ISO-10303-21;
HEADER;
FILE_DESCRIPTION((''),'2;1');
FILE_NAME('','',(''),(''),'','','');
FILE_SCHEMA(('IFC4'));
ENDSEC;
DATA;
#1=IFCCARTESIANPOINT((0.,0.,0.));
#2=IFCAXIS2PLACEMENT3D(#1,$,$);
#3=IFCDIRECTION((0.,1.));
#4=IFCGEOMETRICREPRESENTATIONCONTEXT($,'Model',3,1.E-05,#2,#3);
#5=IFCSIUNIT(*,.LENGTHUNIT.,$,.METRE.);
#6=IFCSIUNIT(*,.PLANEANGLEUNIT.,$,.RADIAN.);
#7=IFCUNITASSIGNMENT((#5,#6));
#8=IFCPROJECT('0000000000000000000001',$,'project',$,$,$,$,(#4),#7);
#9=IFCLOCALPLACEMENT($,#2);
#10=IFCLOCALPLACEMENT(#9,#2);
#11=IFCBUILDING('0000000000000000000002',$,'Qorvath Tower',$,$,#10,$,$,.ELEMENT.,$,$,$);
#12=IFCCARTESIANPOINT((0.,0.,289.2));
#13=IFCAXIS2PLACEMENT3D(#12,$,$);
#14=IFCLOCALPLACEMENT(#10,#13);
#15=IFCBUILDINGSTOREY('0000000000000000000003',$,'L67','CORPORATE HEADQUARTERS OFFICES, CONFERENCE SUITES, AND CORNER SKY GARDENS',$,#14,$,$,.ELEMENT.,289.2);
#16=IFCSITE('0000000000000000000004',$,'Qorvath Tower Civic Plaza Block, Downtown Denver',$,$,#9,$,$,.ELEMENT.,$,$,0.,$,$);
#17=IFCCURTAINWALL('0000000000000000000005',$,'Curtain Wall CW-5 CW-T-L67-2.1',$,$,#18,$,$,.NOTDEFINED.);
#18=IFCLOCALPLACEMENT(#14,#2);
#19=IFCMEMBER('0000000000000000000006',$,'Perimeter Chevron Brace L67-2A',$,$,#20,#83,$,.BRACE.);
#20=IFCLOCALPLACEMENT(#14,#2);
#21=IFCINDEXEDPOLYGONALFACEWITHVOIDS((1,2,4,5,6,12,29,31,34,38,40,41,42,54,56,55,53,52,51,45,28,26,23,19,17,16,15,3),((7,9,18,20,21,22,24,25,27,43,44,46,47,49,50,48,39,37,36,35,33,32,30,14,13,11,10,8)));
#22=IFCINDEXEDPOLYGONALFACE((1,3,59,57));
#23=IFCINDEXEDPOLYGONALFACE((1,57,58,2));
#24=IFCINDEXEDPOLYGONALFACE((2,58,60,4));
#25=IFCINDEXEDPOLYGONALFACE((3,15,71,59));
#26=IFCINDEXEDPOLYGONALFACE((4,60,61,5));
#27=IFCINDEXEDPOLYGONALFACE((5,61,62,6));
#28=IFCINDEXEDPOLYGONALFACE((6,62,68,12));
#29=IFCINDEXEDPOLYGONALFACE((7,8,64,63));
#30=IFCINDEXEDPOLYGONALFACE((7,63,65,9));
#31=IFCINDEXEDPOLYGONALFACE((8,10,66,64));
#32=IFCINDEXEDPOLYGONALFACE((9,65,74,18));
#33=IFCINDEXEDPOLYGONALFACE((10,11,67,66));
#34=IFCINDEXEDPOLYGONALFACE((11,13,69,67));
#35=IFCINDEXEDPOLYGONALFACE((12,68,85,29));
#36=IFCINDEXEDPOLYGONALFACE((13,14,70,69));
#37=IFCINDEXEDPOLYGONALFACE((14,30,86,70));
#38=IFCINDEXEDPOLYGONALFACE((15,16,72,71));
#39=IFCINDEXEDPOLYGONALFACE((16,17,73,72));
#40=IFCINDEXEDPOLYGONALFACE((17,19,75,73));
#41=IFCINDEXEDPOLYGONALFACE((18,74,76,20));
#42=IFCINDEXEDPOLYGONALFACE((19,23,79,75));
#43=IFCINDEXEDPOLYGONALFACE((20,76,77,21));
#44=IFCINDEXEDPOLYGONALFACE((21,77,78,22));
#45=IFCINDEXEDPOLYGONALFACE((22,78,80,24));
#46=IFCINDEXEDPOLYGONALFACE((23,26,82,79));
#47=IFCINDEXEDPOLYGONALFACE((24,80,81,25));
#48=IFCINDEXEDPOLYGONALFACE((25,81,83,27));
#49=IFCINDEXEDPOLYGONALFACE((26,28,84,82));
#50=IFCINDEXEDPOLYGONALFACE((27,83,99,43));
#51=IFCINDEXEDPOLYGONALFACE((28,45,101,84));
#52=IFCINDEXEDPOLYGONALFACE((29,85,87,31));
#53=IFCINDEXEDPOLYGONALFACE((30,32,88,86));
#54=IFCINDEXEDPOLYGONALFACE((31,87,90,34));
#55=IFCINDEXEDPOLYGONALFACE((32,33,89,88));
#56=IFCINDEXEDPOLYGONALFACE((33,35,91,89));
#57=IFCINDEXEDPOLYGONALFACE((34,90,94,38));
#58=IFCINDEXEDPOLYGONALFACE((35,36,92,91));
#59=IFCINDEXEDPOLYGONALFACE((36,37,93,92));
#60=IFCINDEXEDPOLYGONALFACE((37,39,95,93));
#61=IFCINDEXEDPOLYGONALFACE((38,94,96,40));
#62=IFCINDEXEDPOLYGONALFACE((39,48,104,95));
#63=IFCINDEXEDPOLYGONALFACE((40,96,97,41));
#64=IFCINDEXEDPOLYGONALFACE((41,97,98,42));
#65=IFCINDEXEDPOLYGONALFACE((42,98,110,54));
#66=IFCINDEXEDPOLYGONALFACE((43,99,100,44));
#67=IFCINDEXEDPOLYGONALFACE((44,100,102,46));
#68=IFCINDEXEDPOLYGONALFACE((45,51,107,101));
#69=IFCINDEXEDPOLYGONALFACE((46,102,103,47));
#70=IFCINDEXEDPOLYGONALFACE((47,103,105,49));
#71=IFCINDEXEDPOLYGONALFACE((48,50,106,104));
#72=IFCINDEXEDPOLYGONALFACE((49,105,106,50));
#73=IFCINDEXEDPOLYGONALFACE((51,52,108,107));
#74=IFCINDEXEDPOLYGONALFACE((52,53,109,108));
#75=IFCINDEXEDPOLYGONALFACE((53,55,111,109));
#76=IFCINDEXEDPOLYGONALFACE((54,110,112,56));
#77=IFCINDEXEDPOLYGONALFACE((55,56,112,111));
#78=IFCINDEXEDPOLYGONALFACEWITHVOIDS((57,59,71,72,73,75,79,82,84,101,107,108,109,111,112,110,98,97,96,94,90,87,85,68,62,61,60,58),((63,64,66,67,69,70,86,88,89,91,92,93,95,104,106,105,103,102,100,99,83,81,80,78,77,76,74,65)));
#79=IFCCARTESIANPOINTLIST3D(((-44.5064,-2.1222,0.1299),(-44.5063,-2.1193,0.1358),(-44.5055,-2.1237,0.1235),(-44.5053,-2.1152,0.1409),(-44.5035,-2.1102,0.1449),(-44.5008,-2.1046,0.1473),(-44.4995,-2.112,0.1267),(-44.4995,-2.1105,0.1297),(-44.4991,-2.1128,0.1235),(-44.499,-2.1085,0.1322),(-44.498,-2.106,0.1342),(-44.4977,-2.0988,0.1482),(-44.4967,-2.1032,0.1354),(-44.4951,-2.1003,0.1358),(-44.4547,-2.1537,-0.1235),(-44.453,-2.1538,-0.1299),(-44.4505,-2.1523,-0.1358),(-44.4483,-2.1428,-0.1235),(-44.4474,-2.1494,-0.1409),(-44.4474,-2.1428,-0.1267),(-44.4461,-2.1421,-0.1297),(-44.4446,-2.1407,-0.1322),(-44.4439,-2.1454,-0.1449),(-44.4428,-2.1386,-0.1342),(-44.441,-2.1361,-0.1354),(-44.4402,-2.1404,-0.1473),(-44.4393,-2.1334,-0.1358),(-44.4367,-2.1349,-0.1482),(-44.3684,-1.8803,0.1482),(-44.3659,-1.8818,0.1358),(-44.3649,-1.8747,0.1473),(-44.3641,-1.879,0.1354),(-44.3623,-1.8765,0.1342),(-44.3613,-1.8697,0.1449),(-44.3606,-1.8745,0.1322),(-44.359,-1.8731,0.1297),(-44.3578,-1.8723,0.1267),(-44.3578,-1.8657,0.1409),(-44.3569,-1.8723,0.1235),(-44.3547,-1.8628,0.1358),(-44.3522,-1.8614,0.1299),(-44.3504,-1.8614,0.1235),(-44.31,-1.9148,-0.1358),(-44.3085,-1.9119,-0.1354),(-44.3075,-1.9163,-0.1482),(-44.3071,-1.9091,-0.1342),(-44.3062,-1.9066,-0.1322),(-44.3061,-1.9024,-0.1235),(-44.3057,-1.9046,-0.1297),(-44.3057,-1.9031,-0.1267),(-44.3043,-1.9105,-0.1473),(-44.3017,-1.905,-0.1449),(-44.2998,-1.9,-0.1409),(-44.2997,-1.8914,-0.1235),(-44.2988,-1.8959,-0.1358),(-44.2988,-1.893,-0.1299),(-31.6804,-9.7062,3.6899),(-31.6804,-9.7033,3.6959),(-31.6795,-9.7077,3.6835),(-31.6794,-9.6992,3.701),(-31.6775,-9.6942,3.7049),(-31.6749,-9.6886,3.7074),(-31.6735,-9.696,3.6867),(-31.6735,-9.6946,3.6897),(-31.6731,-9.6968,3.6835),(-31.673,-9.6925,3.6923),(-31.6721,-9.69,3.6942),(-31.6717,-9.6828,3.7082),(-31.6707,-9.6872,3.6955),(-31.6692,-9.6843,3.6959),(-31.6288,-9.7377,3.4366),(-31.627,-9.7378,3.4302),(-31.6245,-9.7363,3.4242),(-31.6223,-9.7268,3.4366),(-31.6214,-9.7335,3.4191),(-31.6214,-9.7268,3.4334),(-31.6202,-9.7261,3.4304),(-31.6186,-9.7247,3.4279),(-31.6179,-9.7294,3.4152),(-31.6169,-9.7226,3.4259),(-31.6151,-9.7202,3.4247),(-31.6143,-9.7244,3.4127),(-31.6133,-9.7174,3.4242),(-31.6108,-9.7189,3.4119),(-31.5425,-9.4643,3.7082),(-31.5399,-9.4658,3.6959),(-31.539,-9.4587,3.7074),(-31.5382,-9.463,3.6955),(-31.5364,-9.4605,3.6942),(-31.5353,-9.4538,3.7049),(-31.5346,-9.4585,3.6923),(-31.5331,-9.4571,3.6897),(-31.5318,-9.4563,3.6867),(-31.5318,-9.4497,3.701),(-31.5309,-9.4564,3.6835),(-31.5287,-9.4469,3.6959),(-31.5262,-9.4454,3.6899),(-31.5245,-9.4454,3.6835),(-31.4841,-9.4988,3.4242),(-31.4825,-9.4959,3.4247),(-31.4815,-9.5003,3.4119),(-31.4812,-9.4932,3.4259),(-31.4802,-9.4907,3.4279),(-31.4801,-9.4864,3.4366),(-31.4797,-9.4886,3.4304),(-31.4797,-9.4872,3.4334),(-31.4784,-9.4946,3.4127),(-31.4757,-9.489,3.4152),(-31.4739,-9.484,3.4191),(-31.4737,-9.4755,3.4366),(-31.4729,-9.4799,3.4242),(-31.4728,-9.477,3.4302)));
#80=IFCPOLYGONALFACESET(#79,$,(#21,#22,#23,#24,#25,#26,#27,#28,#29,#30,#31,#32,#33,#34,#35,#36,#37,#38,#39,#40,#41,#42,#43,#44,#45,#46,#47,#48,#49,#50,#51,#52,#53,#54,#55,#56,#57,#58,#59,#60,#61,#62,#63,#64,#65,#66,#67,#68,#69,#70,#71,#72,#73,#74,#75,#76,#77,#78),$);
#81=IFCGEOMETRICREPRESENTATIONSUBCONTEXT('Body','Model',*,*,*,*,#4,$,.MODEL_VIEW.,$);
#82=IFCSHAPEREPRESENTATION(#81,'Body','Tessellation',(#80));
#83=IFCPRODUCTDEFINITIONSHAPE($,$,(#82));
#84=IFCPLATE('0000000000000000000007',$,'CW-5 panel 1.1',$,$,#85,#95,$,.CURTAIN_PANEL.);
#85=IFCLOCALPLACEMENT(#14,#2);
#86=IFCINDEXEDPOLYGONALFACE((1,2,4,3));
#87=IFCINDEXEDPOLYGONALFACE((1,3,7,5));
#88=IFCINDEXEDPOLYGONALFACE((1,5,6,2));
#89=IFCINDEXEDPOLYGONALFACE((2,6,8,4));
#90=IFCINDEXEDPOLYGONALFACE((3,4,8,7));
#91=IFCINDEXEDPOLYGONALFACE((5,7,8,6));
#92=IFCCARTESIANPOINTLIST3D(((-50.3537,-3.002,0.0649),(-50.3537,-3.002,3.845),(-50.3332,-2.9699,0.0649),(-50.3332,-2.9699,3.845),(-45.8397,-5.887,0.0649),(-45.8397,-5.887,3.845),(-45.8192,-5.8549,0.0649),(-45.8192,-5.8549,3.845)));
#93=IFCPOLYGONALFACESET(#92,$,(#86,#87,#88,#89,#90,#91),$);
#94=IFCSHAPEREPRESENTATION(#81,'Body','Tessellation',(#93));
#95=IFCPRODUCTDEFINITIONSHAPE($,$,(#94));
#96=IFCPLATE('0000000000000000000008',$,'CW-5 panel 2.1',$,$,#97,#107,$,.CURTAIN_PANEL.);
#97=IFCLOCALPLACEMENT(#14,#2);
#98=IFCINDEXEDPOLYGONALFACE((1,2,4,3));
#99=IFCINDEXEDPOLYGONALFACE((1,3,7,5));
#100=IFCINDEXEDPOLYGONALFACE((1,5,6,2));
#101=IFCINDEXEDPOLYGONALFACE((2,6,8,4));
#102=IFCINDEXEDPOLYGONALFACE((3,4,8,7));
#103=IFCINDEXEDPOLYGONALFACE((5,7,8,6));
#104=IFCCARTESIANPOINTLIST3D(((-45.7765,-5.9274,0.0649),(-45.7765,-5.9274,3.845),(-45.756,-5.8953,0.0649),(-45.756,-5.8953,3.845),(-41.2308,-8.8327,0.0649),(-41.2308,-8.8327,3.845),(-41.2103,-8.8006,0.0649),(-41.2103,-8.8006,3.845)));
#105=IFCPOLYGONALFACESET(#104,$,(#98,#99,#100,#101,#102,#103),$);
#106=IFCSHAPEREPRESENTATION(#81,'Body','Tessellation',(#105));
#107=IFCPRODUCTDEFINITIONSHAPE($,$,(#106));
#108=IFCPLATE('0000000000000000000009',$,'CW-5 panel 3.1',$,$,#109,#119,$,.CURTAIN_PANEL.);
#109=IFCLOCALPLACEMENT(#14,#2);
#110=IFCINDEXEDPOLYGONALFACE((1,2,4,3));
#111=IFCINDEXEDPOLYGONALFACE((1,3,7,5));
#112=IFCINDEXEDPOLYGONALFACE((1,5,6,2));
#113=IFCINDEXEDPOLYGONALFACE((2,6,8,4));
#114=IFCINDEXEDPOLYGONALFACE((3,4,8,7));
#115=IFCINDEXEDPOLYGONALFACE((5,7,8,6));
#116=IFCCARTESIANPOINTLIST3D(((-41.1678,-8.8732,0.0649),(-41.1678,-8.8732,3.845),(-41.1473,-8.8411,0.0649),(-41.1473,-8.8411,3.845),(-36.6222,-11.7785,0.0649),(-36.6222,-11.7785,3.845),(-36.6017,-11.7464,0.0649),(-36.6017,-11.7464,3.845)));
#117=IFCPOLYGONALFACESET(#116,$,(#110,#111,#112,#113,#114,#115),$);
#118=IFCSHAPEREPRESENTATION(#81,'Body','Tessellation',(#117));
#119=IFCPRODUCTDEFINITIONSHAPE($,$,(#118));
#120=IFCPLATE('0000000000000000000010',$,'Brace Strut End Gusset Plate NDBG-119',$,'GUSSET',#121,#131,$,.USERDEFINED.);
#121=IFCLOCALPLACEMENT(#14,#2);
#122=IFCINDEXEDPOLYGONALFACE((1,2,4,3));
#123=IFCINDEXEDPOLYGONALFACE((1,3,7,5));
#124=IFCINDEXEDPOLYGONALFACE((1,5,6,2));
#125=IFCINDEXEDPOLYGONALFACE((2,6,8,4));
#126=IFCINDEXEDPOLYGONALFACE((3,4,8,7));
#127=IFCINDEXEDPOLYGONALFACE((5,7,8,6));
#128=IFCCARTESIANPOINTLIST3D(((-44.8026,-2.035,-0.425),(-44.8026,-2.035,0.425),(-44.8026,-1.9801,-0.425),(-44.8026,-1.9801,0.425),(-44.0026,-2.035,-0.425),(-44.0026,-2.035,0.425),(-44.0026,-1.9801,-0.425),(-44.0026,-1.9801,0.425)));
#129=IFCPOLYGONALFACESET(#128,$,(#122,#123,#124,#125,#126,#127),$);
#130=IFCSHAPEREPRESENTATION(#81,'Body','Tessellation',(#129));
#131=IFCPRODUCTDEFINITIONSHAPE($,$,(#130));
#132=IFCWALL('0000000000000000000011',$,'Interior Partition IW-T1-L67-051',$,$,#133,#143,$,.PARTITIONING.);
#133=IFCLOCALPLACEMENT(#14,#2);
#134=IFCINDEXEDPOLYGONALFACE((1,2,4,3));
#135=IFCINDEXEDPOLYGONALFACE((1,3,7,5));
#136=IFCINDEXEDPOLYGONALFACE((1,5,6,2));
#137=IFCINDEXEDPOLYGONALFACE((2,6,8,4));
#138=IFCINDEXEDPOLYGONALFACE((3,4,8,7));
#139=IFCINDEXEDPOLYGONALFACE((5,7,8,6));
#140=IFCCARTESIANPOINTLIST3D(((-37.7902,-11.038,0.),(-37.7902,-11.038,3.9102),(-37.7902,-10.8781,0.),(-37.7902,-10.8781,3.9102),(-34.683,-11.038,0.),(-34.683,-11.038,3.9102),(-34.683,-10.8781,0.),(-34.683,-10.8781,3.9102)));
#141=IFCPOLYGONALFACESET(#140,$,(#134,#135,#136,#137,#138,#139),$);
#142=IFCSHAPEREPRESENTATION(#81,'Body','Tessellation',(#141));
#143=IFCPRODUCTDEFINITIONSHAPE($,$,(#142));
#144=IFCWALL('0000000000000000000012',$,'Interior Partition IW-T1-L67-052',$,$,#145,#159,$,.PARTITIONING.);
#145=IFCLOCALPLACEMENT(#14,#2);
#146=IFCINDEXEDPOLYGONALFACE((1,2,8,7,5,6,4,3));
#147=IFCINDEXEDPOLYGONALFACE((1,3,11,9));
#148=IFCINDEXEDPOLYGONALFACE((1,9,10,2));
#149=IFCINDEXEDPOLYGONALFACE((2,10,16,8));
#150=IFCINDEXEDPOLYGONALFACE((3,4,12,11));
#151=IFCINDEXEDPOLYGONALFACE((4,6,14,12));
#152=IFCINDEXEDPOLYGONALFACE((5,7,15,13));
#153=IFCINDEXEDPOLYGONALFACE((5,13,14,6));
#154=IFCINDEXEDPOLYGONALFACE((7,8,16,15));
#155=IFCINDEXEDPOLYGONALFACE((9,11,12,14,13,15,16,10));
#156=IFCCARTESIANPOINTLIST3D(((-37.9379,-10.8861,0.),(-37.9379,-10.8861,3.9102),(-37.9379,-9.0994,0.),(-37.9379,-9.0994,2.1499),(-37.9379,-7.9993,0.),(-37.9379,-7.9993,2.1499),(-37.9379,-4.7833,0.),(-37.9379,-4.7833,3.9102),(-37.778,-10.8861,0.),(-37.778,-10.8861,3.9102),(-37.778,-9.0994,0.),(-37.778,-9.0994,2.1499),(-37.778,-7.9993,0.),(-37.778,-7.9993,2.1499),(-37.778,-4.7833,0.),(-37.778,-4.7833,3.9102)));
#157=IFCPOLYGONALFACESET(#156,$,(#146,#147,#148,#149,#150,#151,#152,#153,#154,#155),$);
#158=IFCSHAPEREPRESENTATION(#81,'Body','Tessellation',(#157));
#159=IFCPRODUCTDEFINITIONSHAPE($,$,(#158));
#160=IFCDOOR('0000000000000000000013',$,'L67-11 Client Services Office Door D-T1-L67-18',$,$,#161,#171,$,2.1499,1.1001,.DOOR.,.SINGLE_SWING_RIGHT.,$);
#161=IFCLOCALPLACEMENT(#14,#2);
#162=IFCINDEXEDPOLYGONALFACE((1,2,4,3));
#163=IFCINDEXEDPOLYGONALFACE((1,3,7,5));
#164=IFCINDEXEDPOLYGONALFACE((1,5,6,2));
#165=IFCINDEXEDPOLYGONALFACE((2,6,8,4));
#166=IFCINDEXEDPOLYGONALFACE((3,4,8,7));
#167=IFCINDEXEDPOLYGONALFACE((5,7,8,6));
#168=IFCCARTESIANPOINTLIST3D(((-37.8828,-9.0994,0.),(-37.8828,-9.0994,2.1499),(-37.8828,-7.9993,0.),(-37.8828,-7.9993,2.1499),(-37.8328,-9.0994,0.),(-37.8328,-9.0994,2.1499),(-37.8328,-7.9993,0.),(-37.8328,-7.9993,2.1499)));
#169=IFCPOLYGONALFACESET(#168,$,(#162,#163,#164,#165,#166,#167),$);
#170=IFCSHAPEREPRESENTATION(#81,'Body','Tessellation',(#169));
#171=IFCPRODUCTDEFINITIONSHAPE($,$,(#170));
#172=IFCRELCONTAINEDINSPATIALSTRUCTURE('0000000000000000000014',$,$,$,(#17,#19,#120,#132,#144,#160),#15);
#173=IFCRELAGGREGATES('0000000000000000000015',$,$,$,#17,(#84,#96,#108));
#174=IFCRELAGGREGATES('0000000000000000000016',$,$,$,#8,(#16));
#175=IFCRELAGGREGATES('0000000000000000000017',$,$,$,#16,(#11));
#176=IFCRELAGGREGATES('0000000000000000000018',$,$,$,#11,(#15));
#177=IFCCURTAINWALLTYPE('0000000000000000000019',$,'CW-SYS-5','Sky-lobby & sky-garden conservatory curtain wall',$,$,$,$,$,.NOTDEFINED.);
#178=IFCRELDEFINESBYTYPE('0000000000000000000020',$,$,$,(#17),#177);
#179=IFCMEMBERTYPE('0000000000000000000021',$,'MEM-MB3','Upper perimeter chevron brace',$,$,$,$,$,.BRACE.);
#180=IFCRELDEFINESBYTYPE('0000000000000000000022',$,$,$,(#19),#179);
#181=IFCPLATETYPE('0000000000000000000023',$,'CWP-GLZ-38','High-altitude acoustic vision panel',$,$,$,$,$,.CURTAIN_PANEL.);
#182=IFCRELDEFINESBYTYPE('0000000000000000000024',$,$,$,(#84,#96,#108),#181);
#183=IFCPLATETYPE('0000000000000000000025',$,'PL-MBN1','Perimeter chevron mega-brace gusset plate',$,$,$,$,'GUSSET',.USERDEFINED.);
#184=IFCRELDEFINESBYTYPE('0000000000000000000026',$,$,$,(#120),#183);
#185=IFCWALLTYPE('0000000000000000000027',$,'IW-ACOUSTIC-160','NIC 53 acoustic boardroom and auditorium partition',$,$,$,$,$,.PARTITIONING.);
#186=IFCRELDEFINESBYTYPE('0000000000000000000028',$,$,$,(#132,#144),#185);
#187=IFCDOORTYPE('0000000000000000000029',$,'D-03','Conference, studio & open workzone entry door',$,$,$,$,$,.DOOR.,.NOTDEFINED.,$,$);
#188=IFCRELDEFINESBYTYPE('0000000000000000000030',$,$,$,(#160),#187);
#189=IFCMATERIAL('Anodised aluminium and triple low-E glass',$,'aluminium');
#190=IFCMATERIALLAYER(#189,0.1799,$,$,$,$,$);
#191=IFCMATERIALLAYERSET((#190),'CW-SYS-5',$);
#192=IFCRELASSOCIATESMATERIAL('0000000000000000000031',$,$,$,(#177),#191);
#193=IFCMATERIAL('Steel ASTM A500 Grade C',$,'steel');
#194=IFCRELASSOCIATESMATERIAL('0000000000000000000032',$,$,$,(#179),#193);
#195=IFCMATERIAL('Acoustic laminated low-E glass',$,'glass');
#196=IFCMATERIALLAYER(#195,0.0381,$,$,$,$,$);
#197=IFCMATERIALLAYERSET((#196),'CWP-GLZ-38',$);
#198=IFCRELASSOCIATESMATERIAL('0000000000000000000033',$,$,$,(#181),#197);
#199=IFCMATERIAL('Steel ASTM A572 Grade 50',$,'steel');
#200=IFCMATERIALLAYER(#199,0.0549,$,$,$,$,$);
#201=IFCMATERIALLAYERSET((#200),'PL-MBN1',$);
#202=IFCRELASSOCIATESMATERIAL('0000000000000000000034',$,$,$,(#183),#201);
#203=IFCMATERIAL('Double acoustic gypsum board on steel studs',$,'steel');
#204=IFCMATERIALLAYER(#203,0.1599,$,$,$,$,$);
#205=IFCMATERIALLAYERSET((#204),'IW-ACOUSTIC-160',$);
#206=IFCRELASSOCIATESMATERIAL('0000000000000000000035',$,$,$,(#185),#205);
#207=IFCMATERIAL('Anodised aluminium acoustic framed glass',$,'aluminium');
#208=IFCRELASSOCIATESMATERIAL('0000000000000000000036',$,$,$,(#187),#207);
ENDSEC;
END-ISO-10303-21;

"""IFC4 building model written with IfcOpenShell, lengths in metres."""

from ifc_helpers import new_model, si_unit, direction, frame, frame_2d, origin, origin_2d, place, context, subcontext, project, spatial, rectangle, hollow_rectangle, extrude, material, layer, layer_set, material_profile, profile_set, type_object, element, fill, aggregate, save


model = new_model("IFC4")

# Units and contexts
model_context = context("Model", 3, precision=1e-05, world=origin(), true_north=direction((0.0, 1.0)))
body_context = subcontext(model_context, "Body", "Model", "MODEL_VIEW")
ifc_project = project(units=[si_unit("LENGTHUNIT", "METRE"), si_unit("PLANEANGLEUNIT", "RADIAN")], contexts=[model_context])

# Site, building, storey
site_placement = place(None, origin())
site = spatial("IfcSite", under=ifc_project, at=site_placement, Name="Qorvath Tower Civic Plaza Block, Downtown Denver", CompositionType="ELEMENT", RefElevation=0.0)
building_placement = place(site_placement, origin())
building = spatial("IfcBuilding", under=site, at=building_placement, Name="Qorvath Tower", CompositionType="ELEMENT")
storey_placement = place(building_placement, frame((0.0, 0.0, 289.2)))
storey = spatial("IfcBuildingStorey", under=building, at=storey_placement, Name="L67", Description="CORPORATE HEADQUARTERS OFFICES, CONFERENCE SUITES, AND CORNER SKY GARDENS", CompositionType="ELEMENT", Elevation=289.2)

# Curtain wall
ifc_material_1 = material(Name="Anodised aluminium and triple low-E glass", Category="aluminium")
ifc_layer_1 = layer(ifc_material_1, 0.1799)
ifc_layer_set_1 = layer_set([ifc_layer_1], Name="CW-SYS-5")
curtain_wall_type = type_object("IfcCurtainWallType", Name="CW-SYS-5", Description="Sky-lobby & sky-garden conservatory curtain wall", PredefinedType="NOTDEFINED", material=ifc_layer_set_1)
curtain_wall_placement = place(storey_placement, origin())
curtain_wall = element("IfcCurtainWall", 1, at=curtain_wall_placement, inside=storey, type_object=curtain_wall_type, Name="Curtain Wall CW-5 CW-T-L67-2.1", PredefinedType="NOTDEFINED")

# Member
ifc_material_2 = material(Name="Steel ASTM A500 Grade C", Category="steel")
ifc_material_profile_1 = material_profile(ifc_material_2, hollow_rectangle(XDim=0.3047, YDim=0.3047, WallThickness=0.0127, InnerFilletRadius=0.0127, OuterFilletRadius=0.0254, at=origin_2d()), Name="HSS 305x305x12.7")
ifc_profile_set_1 = profile_set([ifc_material_profile_1], Name="Steel ASTM A500 Grade C")
member_type_1 = type_object("IfcMemberType", Name="MEM-MB3", Description="Upper perimeter chevron brace", PredefinedType="BRACE", material=ifc_profile_set_1)
member_1_placement = place(storey_placement, frame((-44.4026, -2.0076, 0.0), z_axis=(0.837214, -0.495046, 0.232383), x_axis=(0.508979, 0.860779, 0.0)))
element("IfcMember", 2, at=member_1_placement, inside=storey, type_object=member_type_1, Name="Perimeter Chevron Brace L67-2A", PredefinedType="BRACE", context=body_context, shape_type="SweptSolid", body=[
    extrude(hollow_rectangle(XDim=0.3047, YDim=0.3047, WallThickness=0.0127, InnerFilletRadius=0.0127, OuterFilletRadius=0.0254, at=origin_2d()), origin(), (0.0, 0.0, 1.0), 15.3198),
])

# Plates
ifc_material_3 = material(Name="Acoustic laminated low-E glass", Category="glass")
ifc_layer_2 = layer(ifc_material_3, 0.0381)
ifc_layer_set_2 = layer_set([ifc_layer_2], Name="CWP-GLZ-38")
plate_type_1 = type_object("IfcPlateType", Name="CWP-GLZ-38", Description="High-altitude acoustic vision panel", PredefinedType="CURTAIN_PANEL", material=ifc_layer_set_2)
plate_1_placement = place(storey_placement, frame((-48.0864, -4.4285, 0.0649), z_axis=(0.0, 0.0, 1.0), x_axis=(0.842602, -0.538537, 0.0)))
plate_1 = element("IfcPlate", 3, at=plate_1_placement, type_object=plate_type_1, Name="CW-5 panel 1.1", PredefinedType="CURTAIN_PANEL", context=body_context, shape_type="SweptSolid", body=[
    extrude(rectangle(XDim=5.3572, YDim=0.0381, at=origin_2d()), origin(), (0.0, 0.0, 1.0), 3.78),
])
plate_2_placement = place(storey_placement, frame((-43.4934, -7.364, 0.0649), z_axis=(0.0, 0.0, 1.0), x_axis=(0.842602, -0.538537, 0.0)))
plate_2 = element("IfcPlate", 4, at=plate_2_placement, type_object=plate_type_1, Name="CW-5 panel 2.1", PredefinedType="CURTAIN_PANEL", context=body_context, shape_type="SweptSolid", body=[
    extrude(rectangle(XDim=5.3948, YDim=0.0381, at=origin_2d()), origin(), (0.0, 0.0, 1.0), 3.78),
])
plate_3_placement = place(storey_placement, frame((-38.8848, -10.3098, 0.0649), z_axis=(0.0, 0.0, 1.0), x_axis=(0.842602, -0.538537, 0.0)))
plate_3 = element("IfcPlate", 5, at=plate_3_placement, type_object=plate_type_1, Name="CW-5 panel 3.1", PredefinedType="CURTAIN_PANEL", context=body_context, shape_type="SweptSolid", body=[
    extrude(rectangle(XDim=5.3948, YDim=0.0381, at=origin_2d()), origin(), (0.0, 0.0, 1.0), 3.78),
])
aggregate(curtain_wall, [plate_1, plate_2, plate_3])
ifc_material_4 = material(Name="Steel ASTM A572 Grade 50", Category="steel")
ifc_layer_3 = layer(ifc_material_4, 0.0549)
ifc_layer_set_3 = layer_set([ifc_layer_3], Name="PL-MBN1")
plate_type_2 = type_object("IfcPlateType", Name="PL-MBN1", Description="Perimeter chevron mega-brace gusset plate", ElementType="GUSSET", PredefinedType="USERDEFINED", material=ifc_layer_set_3)
plate_4_placement = place(storey_placement, frame((-44.4026, -2.0076, -0.425), z_axis=(0.0, 0.0, 1.0), x_axis=(1.0, 0.0, 0.0)))
element("IfcPlate", 6, at=plate_4_placement, inside=storey, type_object=plate_type_2, Name="Brace Strut End Gusset Plate NDBG-119", ObjectType="GUSSET", PredefinedType="USERDEFINED", context=body_context, shape_type="SweptSolid", body=[
    extrude(rectangle(XDim=0.8, YDim=0.0549, at=origin_2d()), origin(), (0.0, 0.0, 1.0), 0.8501),
])

# Wall
ifc_material_5 = material(Name="Double acoustic gypsum board on steel studs", Category="steel")
ifc_layer_4 = layer(ifc_material_5, 0.1599)
ifc_layer_set_4 = layer_set([ifc_layer_4], Name="IW-ACOUSTIC-160")
wall_type_1 = type_object("IfcWallType", Name="IW-ACOUSTIC-160", Description="NIC 53 acoustic boardroom and auditorium partition", PredefinedType="PARTITIONING", material=ifc_layer_set_4)
wall_1_placement = place(storey_placement, frame((-37.7903, -10.958, 0.0), z_axis=(0.0, 0.0, 1.0), x_axis=(1.0, 0.0, 0.0)))
element("IfcWall", 7, at=wall_1_placement, inside=storey, type_object=wall_type_1, Name="Interior Partition IW-T1-L67-051", PredefinedType="PARTITIONING", context=body_context, shape_type="SweptSolid", body=[
    extrude(rectangle(XDim=3.1072, YDim=0.1599, at=frame_2d((1.5537, 0.0))), origin(), (0.0, 0.0, 1.0), 3.9102),
])

# Wall, opening, door
wall_2_placement = place(storey_placement, frame((-37.8579, -10.886, 0.0), z_axis=(0.0, 0.0, 1.0), x_axis=(0.0, 1.0, 0.0)))
wall_2 = element("IfcWall", 8, at=wall_2_placement, inside=storey, type_object=wall_type_1, Name="Interior Partition IW-T1-L67-052", PredefinedType="PARTITIONING", context=body_context, shape_type="SweptSolid", body=[
    extrude(rectangle(XDim=6.1028, YDim=0.1599, at=frame_2d((3.0513, 0.0))), origin(), (0.0, 0.0, 1.0), 3.9102),
])
opening_1_placement = place(wall_2_placement, frame((1.7866, 0.0, 0.0)))
opening_1 = element("IfcOpeningElement", 9, at=opening_1_placement, cuts=wall_2, PredefinedType="OPENING", context=body_context, shape_type="SweptSolid", body=[
    extrude(rectangle(XDim=1.1001, YDim=2.1499, at=frame_2d((0.55, 1.075))), frame((0.0, 0.0898, 0.0), z_axis=(0.0, -1.0, 0.0), x_axis=(1.0, 0.0, 0.0)), (0.0, 0.0, 1.0), 0.1799),
])
ifc_material_6 = material(Name="Anodised aluminium acoustic framed glass", Category="aluminium")
door_type_1 = type_object("IfcDoorType", Name="D-03", Description="Conference, studio & open workzone entry door", OperationType="NOTDEFINED", PredefinedType="DOOR", material=ifc_material_6)
door_1_placement = place(opening_1_placement, origin())
door_1 = element("IfcDoor", 10, at=door_1_placement, inside=storey, type_object=door_type_1, Name="L67-11 Client Services Office Door D-T1-L67-18", OperationType="SINGLE_SWING_RIGHT", OverallHeight=2.1499, OverallWidth=1.1001, PredefinedType="DOOR", context=body_context, shape_type="SweptSolid", body=[
    extrude(rectangle(XDim=1.1001, YDim=2.1499, at=frame_2d((0.55, 1.075))), frame((0.0, 0.0249, 0.0), z_axis=(0.0, -1.0, 0.0), x_axis=(1.0, 0.0, 0.0)), (0.0, 0.0, 1.0), 0.05),
])
fill(opening_1, door_1)

save(model, "model.ifc")
